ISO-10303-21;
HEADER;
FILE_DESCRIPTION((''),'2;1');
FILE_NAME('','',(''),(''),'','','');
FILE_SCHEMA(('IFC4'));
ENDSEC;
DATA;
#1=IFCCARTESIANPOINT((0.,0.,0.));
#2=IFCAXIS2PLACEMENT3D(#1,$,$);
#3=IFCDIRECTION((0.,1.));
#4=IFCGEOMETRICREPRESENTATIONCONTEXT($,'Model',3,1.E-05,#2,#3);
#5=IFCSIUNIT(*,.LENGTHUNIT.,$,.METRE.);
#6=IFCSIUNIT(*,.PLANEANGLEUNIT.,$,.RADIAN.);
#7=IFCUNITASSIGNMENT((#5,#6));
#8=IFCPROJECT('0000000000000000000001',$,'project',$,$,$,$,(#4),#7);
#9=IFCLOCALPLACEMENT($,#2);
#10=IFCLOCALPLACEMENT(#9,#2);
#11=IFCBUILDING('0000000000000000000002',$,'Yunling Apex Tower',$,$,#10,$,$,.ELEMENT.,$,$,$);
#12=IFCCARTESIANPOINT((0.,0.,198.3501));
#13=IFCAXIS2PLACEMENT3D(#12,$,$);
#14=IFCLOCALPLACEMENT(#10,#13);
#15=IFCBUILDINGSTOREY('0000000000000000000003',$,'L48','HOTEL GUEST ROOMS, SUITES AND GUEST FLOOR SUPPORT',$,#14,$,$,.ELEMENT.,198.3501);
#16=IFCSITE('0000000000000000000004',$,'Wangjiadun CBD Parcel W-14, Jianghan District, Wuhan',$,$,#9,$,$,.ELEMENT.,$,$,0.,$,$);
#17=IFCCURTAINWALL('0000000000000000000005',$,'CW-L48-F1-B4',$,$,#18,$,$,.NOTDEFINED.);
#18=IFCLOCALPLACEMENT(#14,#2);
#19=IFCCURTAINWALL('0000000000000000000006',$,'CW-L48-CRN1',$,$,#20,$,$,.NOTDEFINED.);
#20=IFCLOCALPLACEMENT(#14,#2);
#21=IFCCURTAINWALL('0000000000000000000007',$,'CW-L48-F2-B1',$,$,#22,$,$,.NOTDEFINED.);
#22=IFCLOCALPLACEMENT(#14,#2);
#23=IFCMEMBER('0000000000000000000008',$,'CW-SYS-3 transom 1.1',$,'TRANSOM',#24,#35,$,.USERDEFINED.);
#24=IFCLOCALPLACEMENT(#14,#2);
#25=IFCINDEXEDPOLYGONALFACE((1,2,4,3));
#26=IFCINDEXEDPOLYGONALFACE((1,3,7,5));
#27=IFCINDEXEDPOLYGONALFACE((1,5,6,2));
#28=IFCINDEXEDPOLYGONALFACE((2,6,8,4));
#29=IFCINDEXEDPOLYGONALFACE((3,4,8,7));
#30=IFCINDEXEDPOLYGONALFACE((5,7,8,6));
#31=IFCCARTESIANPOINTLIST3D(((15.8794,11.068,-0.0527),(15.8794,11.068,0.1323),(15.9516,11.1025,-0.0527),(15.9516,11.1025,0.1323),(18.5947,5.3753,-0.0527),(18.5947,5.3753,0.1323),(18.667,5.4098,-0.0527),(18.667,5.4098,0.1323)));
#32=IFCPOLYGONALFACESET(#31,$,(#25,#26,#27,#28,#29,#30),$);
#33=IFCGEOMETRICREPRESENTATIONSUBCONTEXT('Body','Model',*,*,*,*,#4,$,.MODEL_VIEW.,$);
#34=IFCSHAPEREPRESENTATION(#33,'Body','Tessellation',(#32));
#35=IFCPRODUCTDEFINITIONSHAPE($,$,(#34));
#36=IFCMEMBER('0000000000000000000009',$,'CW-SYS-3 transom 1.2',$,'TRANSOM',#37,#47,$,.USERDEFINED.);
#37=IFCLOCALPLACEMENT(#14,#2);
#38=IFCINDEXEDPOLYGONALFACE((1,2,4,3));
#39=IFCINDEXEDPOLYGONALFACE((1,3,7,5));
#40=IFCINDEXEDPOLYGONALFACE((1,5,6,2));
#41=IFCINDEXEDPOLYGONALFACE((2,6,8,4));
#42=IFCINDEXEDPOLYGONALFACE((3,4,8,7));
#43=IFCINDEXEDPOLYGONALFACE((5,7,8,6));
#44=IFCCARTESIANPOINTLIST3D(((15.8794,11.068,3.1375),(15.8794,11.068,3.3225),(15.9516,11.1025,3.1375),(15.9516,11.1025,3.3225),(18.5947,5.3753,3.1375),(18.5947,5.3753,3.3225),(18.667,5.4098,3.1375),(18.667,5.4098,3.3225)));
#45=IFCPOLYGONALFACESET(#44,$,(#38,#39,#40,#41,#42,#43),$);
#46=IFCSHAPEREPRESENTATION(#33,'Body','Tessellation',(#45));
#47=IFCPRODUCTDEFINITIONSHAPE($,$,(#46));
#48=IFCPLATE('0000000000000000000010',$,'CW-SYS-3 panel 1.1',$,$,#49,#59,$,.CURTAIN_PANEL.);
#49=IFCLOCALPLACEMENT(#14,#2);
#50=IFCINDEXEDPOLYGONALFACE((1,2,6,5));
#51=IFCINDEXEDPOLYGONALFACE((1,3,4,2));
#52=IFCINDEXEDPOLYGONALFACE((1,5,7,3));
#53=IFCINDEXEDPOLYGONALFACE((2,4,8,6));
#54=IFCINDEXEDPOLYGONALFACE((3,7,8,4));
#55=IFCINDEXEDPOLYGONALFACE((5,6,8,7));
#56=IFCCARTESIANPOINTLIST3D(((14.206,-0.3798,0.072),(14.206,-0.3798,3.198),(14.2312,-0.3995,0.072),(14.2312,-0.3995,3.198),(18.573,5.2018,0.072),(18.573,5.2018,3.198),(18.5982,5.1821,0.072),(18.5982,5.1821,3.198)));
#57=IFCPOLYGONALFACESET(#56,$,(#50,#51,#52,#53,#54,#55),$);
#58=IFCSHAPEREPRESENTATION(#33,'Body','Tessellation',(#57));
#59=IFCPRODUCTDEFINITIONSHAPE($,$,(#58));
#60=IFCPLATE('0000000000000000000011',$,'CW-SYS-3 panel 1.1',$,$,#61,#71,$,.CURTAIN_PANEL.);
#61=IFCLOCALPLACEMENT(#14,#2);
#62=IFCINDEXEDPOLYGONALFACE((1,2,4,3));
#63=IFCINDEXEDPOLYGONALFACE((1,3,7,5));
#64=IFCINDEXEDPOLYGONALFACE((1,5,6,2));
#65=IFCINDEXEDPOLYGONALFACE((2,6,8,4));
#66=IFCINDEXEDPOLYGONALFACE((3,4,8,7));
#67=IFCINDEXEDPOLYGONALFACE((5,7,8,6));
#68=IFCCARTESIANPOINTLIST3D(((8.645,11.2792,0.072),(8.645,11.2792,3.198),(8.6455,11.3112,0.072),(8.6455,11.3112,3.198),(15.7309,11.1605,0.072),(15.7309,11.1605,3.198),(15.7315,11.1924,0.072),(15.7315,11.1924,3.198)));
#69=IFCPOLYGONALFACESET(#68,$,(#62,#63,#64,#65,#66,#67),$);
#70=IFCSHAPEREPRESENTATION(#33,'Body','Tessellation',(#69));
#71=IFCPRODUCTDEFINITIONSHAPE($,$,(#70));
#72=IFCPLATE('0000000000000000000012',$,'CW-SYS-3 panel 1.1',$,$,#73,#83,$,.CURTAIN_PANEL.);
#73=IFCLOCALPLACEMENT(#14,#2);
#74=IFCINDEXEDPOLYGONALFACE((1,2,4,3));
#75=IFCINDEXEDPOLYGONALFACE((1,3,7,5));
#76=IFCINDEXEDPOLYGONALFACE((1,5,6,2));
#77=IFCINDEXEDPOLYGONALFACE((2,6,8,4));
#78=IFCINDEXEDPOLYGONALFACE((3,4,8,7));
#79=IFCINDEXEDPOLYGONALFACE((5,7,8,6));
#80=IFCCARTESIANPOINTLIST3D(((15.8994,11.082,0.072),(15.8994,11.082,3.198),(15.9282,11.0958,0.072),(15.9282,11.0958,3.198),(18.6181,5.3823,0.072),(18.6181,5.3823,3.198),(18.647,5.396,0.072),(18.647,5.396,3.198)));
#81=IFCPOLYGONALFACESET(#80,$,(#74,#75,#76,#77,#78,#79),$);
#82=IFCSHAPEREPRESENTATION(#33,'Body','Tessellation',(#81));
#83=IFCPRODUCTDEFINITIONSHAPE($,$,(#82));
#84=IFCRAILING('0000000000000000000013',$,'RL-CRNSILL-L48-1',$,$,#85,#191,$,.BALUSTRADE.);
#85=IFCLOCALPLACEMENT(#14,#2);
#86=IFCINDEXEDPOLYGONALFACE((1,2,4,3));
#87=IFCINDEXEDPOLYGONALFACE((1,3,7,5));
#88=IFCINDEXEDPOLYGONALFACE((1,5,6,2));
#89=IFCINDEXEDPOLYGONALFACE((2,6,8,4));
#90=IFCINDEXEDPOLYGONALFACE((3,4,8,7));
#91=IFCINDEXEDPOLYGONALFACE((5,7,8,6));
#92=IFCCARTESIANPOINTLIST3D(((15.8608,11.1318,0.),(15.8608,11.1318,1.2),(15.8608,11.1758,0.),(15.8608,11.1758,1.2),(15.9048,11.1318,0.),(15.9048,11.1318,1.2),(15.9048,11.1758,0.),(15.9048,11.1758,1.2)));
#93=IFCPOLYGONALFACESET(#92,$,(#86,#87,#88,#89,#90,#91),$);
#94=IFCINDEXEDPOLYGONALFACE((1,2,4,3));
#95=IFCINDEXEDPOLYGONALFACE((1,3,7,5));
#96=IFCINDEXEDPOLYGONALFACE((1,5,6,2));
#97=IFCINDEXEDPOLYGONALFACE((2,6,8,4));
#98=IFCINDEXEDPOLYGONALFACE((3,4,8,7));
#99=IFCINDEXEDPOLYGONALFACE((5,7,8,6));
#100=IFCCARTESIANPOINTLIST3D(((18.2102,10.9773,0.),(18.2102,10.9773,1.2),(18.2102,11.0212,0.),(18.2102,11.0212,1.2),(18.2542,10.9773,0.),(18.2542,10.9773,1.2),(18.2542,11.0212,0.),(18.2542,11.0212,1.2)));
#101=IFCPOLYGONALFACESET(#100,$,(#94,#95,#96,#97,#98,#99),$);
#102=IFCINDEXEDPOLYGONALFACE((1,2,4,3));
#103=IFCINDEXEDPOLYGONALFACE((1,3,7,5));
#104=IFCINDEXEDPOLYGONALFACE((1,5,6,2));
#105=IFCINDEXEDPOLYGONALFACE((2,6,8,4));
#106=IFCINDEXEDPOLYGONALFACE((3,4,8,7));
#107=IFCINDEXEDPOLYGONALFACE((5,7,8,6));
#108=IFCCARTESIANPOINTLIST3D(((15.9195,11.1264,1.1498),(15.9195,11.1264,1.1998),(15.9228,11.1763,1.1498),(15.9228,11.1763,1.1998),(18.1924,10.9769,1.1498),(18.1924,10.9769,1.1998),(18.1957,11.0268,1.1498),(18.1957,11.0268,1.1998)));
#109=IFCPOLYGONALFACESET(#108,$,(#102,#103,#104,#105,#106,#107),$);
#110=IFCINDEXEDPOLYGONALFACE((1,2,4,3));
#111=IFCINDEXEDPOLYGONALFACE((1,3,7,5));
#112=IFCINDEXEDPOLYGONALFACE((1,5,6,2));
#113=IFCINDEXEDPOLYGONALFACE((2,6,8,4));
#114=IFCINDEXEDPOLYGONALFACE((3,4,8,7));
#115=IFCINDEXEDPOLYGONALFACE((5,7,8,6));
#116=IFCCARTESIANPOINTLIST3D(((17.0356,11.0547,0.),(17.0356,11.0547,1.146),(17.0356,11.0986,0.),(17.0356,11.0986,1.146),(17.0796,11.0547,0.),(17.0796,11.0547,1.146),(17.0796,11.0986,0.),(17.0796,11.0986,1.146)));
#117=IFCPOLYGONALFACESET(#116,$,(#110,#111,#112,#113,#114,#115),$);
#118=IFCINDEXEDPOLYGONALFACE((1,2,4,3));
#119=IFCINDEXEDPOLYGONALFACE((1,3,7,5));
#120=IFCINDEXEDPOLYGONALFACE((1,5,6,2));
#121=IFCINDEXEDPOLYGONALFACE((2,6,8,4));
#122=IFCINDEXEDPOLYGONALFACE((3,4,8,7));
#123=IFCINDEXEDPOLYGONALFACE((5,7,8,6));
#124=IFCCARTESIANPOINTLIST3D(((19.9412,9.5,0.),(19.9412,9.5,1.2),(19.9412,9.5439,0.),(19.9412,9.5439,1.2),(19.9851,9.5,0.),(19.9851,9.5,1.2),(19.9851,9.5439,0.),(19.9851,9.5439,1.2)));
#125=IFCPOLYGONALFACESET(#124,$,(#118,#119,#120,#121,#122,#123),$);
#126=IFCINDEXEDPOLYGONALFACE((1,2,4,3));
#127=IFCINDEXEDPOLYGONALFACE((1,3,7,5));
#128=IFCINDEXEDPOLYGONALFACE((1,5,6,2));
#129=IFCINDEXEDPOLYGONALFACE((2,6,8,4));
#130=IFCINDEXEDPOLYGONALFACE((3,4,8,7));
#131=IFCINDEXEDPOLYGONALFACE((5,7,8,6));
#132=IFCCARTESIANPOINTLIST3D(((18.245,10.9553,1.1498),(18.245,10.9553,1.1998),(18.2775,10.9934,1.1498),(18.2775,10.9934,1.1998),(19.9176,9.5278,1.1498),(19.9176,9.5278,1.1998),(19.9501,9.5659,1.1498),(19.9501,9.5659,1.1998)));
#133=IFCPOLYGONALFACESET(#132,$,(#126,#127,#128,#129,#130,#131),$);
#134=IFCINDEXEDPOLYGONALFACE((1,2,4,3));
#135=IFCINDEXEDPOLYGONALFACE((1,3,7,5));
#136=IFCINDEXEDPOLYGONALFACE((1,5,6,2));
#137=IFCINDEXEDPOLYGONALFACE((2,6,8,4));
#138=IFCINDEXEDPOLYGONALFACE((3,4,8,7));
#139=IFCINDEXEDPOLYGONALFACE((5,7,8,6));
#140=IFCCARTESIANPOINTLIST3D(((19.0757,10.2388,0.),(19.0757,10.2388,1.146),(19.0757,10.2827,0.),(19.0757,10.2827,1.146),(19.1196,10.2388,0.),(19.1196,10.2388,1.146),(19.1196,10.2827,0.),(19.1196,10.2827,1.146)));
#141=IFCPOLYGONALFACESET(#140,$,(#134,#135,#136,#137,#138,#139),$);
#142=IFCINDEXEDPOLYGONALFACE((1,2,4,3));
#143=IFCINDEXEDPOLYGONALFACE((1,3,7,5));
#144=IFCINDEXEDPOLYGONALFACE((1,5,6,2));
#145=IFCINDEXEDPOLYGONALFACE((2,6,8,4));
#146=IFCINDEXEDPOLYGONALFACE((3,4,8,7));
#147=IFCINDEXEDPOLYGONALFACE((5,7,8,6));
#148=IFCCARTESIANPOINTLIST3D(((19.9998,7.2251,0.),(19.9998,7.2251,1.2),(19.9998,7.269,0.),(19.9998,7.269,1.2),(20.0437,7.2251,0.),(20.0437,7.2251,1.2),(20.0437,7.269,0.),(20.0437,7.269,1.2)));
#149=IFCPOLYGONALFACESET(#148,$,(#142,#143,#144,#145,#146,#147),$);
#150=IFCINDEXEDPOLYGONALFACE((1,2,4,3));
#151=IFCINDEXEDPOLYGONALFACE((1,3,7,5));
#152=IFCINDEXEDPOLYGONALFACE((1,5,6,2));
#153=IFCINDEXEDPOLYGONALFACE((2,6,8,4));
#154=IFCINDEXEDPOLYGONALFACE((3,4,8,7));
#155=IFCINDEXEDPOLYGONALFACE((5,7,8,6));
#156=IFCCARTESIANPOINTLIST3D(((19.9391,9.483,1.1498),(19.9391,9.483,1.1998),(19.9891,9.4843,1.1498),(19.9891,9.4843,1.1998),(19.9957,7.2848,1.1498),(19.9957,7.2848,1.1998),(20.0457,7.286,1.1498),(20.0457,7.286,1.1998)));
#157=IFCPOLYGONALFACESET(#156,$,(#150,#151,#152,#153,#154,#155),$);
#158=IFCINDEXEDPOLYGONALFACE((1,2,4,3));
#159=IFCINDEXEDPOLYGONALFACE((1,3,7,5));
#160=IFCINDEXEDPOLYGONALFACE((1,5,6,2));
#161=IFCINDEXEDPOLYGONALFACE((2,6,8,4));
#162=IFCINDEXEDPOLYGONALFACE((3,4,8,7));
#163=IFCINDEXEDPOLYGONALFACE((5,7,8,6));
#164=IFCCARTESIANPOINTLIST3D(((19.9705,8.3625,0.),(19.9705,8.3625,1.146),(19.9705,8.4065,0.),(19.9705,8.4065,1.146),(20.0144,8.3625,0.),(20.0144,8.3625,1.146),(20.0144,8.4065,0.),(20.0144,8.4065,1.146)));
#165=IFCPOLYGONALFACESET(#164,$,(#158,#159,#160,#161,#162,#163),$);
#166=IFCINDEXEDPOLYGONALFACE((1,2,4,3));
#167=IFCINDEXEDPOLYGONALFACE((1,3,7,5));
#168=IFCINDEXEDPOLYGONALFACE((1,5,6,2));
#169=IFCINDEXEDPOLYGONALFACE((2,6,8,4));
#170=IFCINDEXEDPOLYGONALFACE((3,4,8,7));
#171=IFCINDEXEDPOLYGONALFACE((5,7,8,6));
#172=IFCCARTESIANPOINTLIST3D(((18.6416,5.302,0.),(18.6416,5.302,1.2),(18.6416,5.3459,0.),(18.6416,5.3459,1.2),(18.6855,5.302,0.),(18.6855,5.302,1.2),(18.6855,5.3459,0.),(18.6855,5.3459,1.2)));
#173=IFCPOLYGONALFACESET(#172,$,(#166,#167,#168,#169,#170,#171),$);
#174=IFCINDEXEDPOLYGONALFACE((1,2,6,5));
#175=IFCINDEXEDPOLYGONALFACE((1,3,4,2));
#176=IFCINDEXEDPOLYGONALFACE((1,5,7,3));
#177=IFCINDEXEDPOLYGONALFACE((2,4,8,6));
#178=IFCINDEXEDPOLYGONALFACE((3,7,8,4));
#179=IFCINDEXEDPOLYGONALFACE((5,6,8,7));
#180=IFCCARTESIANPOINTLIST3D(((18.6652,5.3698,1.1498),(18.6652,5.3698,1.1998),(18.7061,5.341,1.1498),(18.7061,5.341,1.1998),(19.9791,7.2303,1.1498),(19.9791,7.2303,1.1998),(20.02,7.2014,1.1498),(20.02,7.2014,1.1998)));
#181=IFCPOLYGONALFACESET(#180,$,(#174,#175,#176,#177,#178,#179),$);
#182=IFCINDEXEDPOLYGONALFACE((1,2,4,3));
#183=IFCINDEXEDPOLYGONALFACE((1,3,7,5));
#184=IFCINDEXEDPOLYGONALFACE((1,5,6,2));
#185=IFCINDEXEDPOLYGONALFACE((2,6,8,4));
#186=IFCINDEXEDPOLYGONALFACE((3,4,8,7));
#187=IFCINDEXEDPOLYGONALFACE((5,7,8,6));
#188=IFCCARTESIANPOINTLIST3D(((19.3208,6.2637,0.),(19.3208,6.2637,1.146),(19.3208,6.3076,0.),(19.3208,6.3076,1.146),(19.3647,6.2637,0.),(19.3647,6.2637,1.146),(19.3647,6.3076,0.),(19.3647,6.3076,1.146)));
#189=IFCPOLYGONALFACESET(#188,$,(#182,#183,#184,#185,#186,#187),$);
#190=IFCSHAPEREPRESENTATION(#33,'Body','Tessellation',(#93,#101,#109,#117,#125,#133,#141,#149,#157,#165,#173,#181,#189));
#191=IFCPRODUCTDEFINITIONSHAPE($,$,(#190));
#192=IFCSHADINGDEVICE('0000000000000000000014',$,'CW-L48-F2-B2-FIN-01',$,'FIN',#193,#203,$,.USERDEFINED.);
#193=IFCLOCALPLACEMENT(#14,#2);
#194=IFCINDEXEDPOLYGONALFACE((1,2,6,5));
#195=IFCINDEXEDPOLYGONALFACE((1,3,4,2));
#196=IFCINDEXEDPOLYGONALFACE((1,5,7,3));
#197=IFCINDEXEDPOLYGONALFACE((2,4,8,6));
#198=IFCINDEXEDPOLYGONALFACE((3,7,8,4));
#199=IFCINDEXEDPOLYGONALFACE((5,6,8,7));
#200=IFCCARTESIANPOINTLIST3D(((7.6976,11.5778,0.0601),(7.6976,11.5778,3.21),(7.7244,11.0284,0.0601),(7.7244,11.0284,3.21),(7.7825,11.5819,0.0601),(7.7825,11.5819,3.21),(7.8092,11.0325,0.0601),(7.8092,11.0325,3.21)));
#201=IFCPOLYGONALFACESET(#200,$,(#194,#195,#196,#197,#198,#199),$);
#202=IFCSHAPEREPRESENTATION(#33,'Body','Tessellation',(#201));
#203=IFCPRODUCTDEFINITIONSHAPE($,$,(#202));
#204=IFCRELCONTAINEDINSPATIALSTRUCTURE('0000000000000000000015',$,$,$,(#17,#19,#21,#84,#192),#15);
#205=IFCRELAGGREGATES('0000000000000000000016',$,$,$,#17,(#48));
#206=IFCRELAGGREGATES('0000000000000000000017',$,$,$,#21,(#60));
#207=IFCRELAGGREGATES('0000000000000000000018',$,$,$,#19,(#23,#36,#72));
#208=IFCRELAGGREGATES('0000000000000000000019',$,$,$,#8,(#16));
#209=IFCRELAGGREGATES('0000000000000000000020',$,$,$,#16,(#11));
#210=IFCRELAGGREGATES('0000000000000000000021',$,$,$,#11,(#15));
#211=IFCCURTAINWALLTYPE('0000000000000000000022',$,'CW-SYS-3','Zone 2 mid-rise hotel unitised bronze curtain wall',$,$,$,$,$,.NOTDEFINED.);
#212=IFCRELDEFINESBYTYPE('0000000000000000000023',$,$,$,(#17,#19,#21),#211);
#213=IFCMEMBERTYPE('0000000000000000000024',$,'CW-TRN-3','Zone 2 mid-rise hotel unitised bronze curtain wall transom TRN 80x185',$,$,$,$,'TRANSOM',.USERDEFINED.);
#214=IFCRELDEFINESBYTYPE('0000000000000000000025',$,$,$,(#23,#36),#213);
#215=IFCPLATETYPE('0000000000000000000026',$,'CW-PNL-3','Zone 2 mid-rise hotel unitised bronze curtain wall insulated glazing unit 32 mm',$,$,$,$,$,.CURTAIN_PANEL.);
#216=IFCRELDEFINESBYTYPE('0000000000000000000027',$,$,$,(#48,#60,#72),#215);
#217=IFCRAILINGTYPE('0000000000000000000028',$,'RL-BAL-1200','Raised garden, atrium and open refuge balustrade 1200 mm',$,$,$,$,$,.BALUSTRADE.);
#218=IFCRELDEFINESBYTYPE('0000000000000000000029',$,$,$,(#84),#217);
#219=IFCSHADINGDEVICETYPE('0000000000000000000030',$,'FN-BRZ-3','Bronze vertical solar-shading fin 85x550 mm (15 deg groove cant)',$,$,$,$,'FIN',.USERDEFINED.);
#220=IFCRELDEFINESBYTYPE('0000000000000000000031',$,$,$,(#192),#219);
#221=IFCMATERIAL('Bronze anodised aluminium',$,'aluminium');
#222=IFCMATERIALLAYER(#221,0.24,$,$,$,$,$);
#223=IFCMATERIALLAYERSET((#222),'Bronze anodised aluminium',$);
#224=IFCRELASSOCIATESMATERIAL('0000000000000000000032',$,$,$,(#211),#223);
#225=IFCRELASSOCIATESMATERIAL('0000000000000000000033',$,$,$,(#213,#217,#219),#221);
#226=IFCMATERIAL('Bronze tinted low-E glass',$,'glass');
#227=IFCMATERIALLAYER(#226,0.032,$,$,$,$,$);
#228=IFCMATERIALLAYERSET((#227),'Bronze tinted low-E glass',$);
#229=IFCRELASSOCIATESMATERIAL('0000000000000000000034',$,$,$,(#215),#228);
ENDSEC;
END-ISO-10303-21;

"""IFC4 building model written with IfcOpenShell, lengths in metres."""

from ifc_helpers import new_model, si_unit, direction, frame, origin, origin_2d, place, context, subcontext, project, spatial, rectangle, extrude, source, transform, mapped, material, layer, layer_set, material_profile, profile_set, type_object, element, aggregate, save


model = new_model("IFC4")

# Units and contexts
model_context = context("Model", 3, precision=1e-05, world=origin(), true_north=direction((0.0, 1.0)))
body_context = subcontext(model_context, "Body", "Model", "MODEL_VIEW")
ifc_project = project(units=[si_unit("LENGTHUNIT", "METRE"), si_unit("PLANEANGLEUNIT", "RADIAN")], contexts=[model_context])

# Site, building, storey
site_placement = place(None, origin())
site = spatial("IfcSite", under=ifc_project, at=site_placement, Name="Wangjiadun CBD Parcel W-14, Jianghan District, Wuhan", CompositionType="ELEMENT", RefElevation=0.0)
building_placement = place(site_placement, origin())
building = spatial("IfcBuilding", under=site, at=building_placement, Name="Yunling Apex Tower", CompositionType="ELEMENT")
storey_placement = place(building_placement, frame((0.0, 0.0, 198.3501)))
storey = spatial("IfcBuildingStorey", under=building, at=storey_placement, Name="L48", Description="HOTEL GUEST ROOMS, SUITES AND GUEST FLOOR SUPPORT", CompositionType="ELEMENT", Elevation=198.3501)

# Shared definitions
ifc_material_1 = material(Name="Bronze anodised aluminium", Category="aluminium")
ifc_layer_1 = layer(ifc_material_1, 0.24)
ifc_layer_set_1 = layer_set([ifc_layer_1], Name="Bronze anodised aluminium")
curtain_wall_type = type_object("IfcCurtainWallType", Name="CW-SYS-3", Description="Zone 2 mid-rise hotel unitised bronze curtain wall", PredefinedType="NOTDEFINED", material=ifc_layer_set_1)

# Curtain walls
curtain_wall_1_placement = place(storey_placement, origin())
curtain_wall_1 = element("IfcCurtainWall", 1, at=curtain_wall_1_placement, inside=storey, type_object=curtain_wall_type, Name="CW-L48-F1-B4", PredefinedType="NOTDEFINED")
curtain_wall_2_placement = place(storey_placement, origin())
curtain_wall_2 = element("IfcCurtainWall", 2, at=curtain_wall_2_placement, inside=storey, type_object=curtain_wall_type, Name="CW-L48-CRN1", PredefinedType="NOTDEFINED")
curtain_wall_3_placement = place(storey_placement, origin())
curtain_wall_3 = element("IfcCurtainWall", 3, at=curtain_wall_3_placement, inside=storey, type_object=curtain_wall_type, Name="CW-L48-F2-B1", PredefinedType="NOTDEFINED")
ifc_material_profile_1 = material_profile(ifc_material_1, rectangle(XDim=0.0801, YDim=0.1851, at=origin_2d()))
ifc_profile_set_1 = profile_set([ifc_material_profile_1], Name="Bronze anodised aluminium")
member_type_1 = type_object("IfcMemberType", Name="CW-TRN-3", Description="Zone 2 mid-rise hotel unitised bronze curtain wall transom TRN 80x185", ElementType="TRANSOM", PredefinedType="USERDEFINED", material=ifc_profile_set_1)

# Members
shared_shape_1 = source(origin(), body_context, "Body", "SweptSolid", [
    extrude(rectangle(XDim=0.0801, YDim=0.1851, at=origin_2d()), origin(), (0.0, 0.0, 1.0), 6.3071),
])
member_1_placement = place(storey_placement, frame((18.6309, 5.3926, 0.0398), z_axis=(-0.430522, 0.90258, 0.0), x_axis=(-0.90258, -0.430522, 0.0)))
member_1 = element("IfcMember", 4, at=member_1_placement, type_object=member_type_1, Name="CW-SYS-3 transom 1.1", ObjectType="TRANSOM", PredefinedType="USERDEFINED", context=body_context, shape_type="MappedRepresentation", body=[
    mapped(shared_shape_1, transform((0.0, 0.0, 0.0), scale=1.0)),
])
member_2_placement = place(storey_placement, frame((18.6309, 5.3926, 3.23), z_axis=(-0.430522, 0.90258, 0.0), x_axis=(-0.90258, -0.430522, 0.0)))
member_2 = element("IfcMember", 5, at=member_2_placement, type_object=member_type_1, Name="CW-SYS-3 transom 1.2", ObjectType="TRANSOM", PredefinedType="USERDEFINED", context=body_context, shape_type="MappedRepresentation", body=[
    mapped(shared_shape_1, transform((0.0, 0.0, 0.0), scale=1.0)),
])

# Plates
ifc_material_2 = material(Name="Bronze tinted low-E glass", Category="glass")
ifc_layer_2 = layer(ifc_material_2, 0.032)
ifc_layer_set_2 = layer_set([ifc_layer_2], Name="Bronze tinted low-E glass")
plate_type = type_object("IfcPlateType", Name="CW-PNL-3", Description="Zone 2 mid-rise hotel unitised bronze curtain wall insulated glazing unit 32 mm", PredefinedType="CURTAIN_PANEL", material=ifc_layer_set_2)
shared_shape_2 = source(origin(), body_context, "Body", "SweptSolid", [
    extrude(rectangle(XDim=7.0869, YDim=0.032, at=origin_2d()), origin(), (0.0, 0.0, 1.0), 3.126),
])
plate_1_placement = place(storey_placement, frame((16.4021, 2.4011, 0.072), z_axis=(0.0, 0.0, 1.0), x_axis=(0.6162, 0.787589, 0.0)))
plate_1 = element("IfcPlate", 6, at=plate_1_placement, type_object=plate_type, Name="CW-SYS-3 panel 1.1", PredefinedType="CURTAIN_PANEL", context=body_context, shape_type="MappedRepresentation", body=[
    mapped(shared_shape_2, transform((0.0, 0.0, 0.0), scale=1.0)),
])
aggregate(curtain_wall_1, [plate_1])
plate_2_placement = place(storey_placement, frame((12.1882, 11.2358, 0.072), z_axis=(0.0, 0.0, 1.0), x_axis=(-0.99986, 0.016761, 0.0)))
plate_2 = element("IfcPlate", 7, at=plate_2_placement, type_object=plate_type, Name="CW-SYS-3 panel 1.1", PredefinedType="CURTAIN_PANEL", context=body_context, shape_type="MappedRepresentation", body=[
    mapped(shared_shape_2, transform((0.0, 0.0, 0.0), scale=1.0)),
])
aggregate(curtain_wall_3, [plate_2])
shared_shape_3 = source(origin(), body_context, "Body", "SweptSolid", [
    extrude(rectangle(XDim=6.3149, YDim=0.032, at=origin_2d()), origin(), (0.0, 0.0, 1.0), 3.126),
])
plate_3_placement = place(storey_placement, frame((17.2732, 8.239, 0.072), z_axis=(0.0, 0.0, 1.0), x_axis=(-0.430527, 0.902578, 0.0)))
plate_3 = element("IfcPlate", 8, at=plate_3_placement, type_object=plate_type, Name="CW-SYS-3 panel 1.1", PredefinedType="CURTAIN_PANEL", context=body_context, shape_type="MappedRepresentation", body=[
    mapped(shared_shape_3, transform((0.0, 0.0, 0.0), scale=1.0)),
])
aggregate(curtain_wall_2, [member_1, member_2, plate_3])

# Railing
railing_type = type_object("IfcRailingType", Name="RL-BAL-1200", Description="Raised garden, atrium and open refuge balustrade 1200 mm", PredefinedType="BALUSTRADE", material=ifc_material_1)
railing_placement = place(storey_placement, frame((15.8828, 11.1538, 0.0)))
element("IfcRailing", 9, at=railing_placement, inside=storey, type_object=railing_type, Name="RL-CRNSILL-L48-1", PredefinedType="BALUSTRADE", context=body_context, shape_type="SweptSolid", body=[
    extrude(rectangle(XDim=0.0439, YDim=0.0439, at=origin_2d()), origin(), (0.0, 0.0, 1.0), 1.2),
    extrude(rectangle(XDim=0.0439, YDim=0.0439, at=origin_2d()), frame((2.3494, -0.1545, 0.0)), (0.0, 0.0, 1.0), 1.2),
    extrude(rectangle(XDim=0.05, YDim=0.05, at=origin_2d()), frame((0.0383, -0.0024, 1.1748), z_axis=(0.997843, -0.065638, 0.0), x_axis=(0.065638, 0.997843, 0.0)), (0.0, 0.0, 1.0), 2.2778),
    extrude(rectangle(XDim=0.0439, YDim=0.0439, at=origin_2d()), frame((1.1748, -0.0771, 0.0)), (0.0, 0.0, 1.0), 1.146),
    extrude(rectangle(XDim=0.0439, YDim=0.0439, at=origin_2d()), frame((4.0803, -1.6318, 0.0)), (0.0, 0.0, 1.0), 1.2),
    extrude(rectangle(XDim=0.05, YDim=0.05, at=origin_2d()), frame((2.3784, -0.1794, 1.1748), z_axis=(0.760641, -0.649173, 0.0), x_axis=(0.649173, 0.760641, 0.0)), (0.0, 0.0, 1.0), 2.199),
    extrude(rectangle(XDim=0.0439, YDim=0.0439, at=origin_2d()), frame((3.2148, -0.8931, 0.0)), (0.0, 0.0, 1.0), 1.146),
    extrude(rectangle(XDim=0.0439, YDim=0.0439, at=origin_2d()), frame((4.1389, -3.9067, 0.0)), (0.0, 0.0, 1.0), 1.2),
    extrude(rectangle(XDim=0.05, YDim=0.05, at=origin_2d()), frame((4.0813, -1.6702, 1.1748), z_axis=(0.025748, -0.999668, 0.0), x_axis=(0.999668, 0.025748, 0.0)), (0.0, 0.0, 1.0), 2.199),
    extrude(rectangle(XDim=0.0439, YDim=0.0439, at=origin_2d()), frame((4.1096, -2.7693, 0.0)), (0.0, 0.0, 1.0), 1.146),
    extrude(rectangle(XDim=0.0439, YDim=0.0439, at=origin_2d()), frame((2.7808, -5.8298, 0.0)), (0.0, 0.0, 1.0), 1.2),
    extrude(rectangle(XDim=0.05, YDim=0.05, at=origin_2d()), frame((4.1167, -3.938, 1.1748), z_axis=(-0.576875, -0.816833, 0.0), x_axis=(0.816833, -0.576875, 0.0)), (0.0, 0.0, 1.0), 2.2776),
    extrude(rectangle(XDim=0.0439, YDim=0.0439, at=origin_2d()), frame((3.46, -4.8682, 0.0)), (0.0, 0.0, 1.0), 1.146),
])

# Shading device
ifc_material_profile_2 = material_profile(ifc_material_1, rectangle(XDim=0.085, YDim=0.55, at=origin_2d()))
ifc_profile_set_2 = profile_set([ifc_material_profile_2], Name="Bronze anodised aluminium")
shading_device_type = type_object("IfcShadingDeviceType", Name="FN-BRZ-3", Description="Bronze vertical solar-shading fin 85x550 mm (15 deg groove cant)", ElementType="FIN", PredefinedType="USERDEFINED", material=ifc_profile_set_2)
shared_shape_4 = source(origin(), body_context, "Body", "SweptSolid", [
    extrude(rectangle(XDim=0.085, YDim=0.55, at=origin_2d()), origin(), (0.0, 0.0, 1.0), 3.1499),
])
shading_device_placement = place(storey_placement, frame((7.7534, 11.3052, 0.0601), z_axis=(0.0, 0.0, 1.0), x_axis=(-0.998815, -0.048675, 0.0)))
element("IfcShadingDevice", 10, at=shading_device_placement, inside=storey, type_object=shading_device_type, Name="CW-L48-F2-B2-FIN-01", ObjectType="FIN", PredefinedType="USERDEFINED", context=body_context, shape_type="MappedRepresentation", body=[
    mapped(shared_shape_4, transform((0.0, 0.0, 0.0), scale=1.0)),
])

save(model, "model.ifc")
